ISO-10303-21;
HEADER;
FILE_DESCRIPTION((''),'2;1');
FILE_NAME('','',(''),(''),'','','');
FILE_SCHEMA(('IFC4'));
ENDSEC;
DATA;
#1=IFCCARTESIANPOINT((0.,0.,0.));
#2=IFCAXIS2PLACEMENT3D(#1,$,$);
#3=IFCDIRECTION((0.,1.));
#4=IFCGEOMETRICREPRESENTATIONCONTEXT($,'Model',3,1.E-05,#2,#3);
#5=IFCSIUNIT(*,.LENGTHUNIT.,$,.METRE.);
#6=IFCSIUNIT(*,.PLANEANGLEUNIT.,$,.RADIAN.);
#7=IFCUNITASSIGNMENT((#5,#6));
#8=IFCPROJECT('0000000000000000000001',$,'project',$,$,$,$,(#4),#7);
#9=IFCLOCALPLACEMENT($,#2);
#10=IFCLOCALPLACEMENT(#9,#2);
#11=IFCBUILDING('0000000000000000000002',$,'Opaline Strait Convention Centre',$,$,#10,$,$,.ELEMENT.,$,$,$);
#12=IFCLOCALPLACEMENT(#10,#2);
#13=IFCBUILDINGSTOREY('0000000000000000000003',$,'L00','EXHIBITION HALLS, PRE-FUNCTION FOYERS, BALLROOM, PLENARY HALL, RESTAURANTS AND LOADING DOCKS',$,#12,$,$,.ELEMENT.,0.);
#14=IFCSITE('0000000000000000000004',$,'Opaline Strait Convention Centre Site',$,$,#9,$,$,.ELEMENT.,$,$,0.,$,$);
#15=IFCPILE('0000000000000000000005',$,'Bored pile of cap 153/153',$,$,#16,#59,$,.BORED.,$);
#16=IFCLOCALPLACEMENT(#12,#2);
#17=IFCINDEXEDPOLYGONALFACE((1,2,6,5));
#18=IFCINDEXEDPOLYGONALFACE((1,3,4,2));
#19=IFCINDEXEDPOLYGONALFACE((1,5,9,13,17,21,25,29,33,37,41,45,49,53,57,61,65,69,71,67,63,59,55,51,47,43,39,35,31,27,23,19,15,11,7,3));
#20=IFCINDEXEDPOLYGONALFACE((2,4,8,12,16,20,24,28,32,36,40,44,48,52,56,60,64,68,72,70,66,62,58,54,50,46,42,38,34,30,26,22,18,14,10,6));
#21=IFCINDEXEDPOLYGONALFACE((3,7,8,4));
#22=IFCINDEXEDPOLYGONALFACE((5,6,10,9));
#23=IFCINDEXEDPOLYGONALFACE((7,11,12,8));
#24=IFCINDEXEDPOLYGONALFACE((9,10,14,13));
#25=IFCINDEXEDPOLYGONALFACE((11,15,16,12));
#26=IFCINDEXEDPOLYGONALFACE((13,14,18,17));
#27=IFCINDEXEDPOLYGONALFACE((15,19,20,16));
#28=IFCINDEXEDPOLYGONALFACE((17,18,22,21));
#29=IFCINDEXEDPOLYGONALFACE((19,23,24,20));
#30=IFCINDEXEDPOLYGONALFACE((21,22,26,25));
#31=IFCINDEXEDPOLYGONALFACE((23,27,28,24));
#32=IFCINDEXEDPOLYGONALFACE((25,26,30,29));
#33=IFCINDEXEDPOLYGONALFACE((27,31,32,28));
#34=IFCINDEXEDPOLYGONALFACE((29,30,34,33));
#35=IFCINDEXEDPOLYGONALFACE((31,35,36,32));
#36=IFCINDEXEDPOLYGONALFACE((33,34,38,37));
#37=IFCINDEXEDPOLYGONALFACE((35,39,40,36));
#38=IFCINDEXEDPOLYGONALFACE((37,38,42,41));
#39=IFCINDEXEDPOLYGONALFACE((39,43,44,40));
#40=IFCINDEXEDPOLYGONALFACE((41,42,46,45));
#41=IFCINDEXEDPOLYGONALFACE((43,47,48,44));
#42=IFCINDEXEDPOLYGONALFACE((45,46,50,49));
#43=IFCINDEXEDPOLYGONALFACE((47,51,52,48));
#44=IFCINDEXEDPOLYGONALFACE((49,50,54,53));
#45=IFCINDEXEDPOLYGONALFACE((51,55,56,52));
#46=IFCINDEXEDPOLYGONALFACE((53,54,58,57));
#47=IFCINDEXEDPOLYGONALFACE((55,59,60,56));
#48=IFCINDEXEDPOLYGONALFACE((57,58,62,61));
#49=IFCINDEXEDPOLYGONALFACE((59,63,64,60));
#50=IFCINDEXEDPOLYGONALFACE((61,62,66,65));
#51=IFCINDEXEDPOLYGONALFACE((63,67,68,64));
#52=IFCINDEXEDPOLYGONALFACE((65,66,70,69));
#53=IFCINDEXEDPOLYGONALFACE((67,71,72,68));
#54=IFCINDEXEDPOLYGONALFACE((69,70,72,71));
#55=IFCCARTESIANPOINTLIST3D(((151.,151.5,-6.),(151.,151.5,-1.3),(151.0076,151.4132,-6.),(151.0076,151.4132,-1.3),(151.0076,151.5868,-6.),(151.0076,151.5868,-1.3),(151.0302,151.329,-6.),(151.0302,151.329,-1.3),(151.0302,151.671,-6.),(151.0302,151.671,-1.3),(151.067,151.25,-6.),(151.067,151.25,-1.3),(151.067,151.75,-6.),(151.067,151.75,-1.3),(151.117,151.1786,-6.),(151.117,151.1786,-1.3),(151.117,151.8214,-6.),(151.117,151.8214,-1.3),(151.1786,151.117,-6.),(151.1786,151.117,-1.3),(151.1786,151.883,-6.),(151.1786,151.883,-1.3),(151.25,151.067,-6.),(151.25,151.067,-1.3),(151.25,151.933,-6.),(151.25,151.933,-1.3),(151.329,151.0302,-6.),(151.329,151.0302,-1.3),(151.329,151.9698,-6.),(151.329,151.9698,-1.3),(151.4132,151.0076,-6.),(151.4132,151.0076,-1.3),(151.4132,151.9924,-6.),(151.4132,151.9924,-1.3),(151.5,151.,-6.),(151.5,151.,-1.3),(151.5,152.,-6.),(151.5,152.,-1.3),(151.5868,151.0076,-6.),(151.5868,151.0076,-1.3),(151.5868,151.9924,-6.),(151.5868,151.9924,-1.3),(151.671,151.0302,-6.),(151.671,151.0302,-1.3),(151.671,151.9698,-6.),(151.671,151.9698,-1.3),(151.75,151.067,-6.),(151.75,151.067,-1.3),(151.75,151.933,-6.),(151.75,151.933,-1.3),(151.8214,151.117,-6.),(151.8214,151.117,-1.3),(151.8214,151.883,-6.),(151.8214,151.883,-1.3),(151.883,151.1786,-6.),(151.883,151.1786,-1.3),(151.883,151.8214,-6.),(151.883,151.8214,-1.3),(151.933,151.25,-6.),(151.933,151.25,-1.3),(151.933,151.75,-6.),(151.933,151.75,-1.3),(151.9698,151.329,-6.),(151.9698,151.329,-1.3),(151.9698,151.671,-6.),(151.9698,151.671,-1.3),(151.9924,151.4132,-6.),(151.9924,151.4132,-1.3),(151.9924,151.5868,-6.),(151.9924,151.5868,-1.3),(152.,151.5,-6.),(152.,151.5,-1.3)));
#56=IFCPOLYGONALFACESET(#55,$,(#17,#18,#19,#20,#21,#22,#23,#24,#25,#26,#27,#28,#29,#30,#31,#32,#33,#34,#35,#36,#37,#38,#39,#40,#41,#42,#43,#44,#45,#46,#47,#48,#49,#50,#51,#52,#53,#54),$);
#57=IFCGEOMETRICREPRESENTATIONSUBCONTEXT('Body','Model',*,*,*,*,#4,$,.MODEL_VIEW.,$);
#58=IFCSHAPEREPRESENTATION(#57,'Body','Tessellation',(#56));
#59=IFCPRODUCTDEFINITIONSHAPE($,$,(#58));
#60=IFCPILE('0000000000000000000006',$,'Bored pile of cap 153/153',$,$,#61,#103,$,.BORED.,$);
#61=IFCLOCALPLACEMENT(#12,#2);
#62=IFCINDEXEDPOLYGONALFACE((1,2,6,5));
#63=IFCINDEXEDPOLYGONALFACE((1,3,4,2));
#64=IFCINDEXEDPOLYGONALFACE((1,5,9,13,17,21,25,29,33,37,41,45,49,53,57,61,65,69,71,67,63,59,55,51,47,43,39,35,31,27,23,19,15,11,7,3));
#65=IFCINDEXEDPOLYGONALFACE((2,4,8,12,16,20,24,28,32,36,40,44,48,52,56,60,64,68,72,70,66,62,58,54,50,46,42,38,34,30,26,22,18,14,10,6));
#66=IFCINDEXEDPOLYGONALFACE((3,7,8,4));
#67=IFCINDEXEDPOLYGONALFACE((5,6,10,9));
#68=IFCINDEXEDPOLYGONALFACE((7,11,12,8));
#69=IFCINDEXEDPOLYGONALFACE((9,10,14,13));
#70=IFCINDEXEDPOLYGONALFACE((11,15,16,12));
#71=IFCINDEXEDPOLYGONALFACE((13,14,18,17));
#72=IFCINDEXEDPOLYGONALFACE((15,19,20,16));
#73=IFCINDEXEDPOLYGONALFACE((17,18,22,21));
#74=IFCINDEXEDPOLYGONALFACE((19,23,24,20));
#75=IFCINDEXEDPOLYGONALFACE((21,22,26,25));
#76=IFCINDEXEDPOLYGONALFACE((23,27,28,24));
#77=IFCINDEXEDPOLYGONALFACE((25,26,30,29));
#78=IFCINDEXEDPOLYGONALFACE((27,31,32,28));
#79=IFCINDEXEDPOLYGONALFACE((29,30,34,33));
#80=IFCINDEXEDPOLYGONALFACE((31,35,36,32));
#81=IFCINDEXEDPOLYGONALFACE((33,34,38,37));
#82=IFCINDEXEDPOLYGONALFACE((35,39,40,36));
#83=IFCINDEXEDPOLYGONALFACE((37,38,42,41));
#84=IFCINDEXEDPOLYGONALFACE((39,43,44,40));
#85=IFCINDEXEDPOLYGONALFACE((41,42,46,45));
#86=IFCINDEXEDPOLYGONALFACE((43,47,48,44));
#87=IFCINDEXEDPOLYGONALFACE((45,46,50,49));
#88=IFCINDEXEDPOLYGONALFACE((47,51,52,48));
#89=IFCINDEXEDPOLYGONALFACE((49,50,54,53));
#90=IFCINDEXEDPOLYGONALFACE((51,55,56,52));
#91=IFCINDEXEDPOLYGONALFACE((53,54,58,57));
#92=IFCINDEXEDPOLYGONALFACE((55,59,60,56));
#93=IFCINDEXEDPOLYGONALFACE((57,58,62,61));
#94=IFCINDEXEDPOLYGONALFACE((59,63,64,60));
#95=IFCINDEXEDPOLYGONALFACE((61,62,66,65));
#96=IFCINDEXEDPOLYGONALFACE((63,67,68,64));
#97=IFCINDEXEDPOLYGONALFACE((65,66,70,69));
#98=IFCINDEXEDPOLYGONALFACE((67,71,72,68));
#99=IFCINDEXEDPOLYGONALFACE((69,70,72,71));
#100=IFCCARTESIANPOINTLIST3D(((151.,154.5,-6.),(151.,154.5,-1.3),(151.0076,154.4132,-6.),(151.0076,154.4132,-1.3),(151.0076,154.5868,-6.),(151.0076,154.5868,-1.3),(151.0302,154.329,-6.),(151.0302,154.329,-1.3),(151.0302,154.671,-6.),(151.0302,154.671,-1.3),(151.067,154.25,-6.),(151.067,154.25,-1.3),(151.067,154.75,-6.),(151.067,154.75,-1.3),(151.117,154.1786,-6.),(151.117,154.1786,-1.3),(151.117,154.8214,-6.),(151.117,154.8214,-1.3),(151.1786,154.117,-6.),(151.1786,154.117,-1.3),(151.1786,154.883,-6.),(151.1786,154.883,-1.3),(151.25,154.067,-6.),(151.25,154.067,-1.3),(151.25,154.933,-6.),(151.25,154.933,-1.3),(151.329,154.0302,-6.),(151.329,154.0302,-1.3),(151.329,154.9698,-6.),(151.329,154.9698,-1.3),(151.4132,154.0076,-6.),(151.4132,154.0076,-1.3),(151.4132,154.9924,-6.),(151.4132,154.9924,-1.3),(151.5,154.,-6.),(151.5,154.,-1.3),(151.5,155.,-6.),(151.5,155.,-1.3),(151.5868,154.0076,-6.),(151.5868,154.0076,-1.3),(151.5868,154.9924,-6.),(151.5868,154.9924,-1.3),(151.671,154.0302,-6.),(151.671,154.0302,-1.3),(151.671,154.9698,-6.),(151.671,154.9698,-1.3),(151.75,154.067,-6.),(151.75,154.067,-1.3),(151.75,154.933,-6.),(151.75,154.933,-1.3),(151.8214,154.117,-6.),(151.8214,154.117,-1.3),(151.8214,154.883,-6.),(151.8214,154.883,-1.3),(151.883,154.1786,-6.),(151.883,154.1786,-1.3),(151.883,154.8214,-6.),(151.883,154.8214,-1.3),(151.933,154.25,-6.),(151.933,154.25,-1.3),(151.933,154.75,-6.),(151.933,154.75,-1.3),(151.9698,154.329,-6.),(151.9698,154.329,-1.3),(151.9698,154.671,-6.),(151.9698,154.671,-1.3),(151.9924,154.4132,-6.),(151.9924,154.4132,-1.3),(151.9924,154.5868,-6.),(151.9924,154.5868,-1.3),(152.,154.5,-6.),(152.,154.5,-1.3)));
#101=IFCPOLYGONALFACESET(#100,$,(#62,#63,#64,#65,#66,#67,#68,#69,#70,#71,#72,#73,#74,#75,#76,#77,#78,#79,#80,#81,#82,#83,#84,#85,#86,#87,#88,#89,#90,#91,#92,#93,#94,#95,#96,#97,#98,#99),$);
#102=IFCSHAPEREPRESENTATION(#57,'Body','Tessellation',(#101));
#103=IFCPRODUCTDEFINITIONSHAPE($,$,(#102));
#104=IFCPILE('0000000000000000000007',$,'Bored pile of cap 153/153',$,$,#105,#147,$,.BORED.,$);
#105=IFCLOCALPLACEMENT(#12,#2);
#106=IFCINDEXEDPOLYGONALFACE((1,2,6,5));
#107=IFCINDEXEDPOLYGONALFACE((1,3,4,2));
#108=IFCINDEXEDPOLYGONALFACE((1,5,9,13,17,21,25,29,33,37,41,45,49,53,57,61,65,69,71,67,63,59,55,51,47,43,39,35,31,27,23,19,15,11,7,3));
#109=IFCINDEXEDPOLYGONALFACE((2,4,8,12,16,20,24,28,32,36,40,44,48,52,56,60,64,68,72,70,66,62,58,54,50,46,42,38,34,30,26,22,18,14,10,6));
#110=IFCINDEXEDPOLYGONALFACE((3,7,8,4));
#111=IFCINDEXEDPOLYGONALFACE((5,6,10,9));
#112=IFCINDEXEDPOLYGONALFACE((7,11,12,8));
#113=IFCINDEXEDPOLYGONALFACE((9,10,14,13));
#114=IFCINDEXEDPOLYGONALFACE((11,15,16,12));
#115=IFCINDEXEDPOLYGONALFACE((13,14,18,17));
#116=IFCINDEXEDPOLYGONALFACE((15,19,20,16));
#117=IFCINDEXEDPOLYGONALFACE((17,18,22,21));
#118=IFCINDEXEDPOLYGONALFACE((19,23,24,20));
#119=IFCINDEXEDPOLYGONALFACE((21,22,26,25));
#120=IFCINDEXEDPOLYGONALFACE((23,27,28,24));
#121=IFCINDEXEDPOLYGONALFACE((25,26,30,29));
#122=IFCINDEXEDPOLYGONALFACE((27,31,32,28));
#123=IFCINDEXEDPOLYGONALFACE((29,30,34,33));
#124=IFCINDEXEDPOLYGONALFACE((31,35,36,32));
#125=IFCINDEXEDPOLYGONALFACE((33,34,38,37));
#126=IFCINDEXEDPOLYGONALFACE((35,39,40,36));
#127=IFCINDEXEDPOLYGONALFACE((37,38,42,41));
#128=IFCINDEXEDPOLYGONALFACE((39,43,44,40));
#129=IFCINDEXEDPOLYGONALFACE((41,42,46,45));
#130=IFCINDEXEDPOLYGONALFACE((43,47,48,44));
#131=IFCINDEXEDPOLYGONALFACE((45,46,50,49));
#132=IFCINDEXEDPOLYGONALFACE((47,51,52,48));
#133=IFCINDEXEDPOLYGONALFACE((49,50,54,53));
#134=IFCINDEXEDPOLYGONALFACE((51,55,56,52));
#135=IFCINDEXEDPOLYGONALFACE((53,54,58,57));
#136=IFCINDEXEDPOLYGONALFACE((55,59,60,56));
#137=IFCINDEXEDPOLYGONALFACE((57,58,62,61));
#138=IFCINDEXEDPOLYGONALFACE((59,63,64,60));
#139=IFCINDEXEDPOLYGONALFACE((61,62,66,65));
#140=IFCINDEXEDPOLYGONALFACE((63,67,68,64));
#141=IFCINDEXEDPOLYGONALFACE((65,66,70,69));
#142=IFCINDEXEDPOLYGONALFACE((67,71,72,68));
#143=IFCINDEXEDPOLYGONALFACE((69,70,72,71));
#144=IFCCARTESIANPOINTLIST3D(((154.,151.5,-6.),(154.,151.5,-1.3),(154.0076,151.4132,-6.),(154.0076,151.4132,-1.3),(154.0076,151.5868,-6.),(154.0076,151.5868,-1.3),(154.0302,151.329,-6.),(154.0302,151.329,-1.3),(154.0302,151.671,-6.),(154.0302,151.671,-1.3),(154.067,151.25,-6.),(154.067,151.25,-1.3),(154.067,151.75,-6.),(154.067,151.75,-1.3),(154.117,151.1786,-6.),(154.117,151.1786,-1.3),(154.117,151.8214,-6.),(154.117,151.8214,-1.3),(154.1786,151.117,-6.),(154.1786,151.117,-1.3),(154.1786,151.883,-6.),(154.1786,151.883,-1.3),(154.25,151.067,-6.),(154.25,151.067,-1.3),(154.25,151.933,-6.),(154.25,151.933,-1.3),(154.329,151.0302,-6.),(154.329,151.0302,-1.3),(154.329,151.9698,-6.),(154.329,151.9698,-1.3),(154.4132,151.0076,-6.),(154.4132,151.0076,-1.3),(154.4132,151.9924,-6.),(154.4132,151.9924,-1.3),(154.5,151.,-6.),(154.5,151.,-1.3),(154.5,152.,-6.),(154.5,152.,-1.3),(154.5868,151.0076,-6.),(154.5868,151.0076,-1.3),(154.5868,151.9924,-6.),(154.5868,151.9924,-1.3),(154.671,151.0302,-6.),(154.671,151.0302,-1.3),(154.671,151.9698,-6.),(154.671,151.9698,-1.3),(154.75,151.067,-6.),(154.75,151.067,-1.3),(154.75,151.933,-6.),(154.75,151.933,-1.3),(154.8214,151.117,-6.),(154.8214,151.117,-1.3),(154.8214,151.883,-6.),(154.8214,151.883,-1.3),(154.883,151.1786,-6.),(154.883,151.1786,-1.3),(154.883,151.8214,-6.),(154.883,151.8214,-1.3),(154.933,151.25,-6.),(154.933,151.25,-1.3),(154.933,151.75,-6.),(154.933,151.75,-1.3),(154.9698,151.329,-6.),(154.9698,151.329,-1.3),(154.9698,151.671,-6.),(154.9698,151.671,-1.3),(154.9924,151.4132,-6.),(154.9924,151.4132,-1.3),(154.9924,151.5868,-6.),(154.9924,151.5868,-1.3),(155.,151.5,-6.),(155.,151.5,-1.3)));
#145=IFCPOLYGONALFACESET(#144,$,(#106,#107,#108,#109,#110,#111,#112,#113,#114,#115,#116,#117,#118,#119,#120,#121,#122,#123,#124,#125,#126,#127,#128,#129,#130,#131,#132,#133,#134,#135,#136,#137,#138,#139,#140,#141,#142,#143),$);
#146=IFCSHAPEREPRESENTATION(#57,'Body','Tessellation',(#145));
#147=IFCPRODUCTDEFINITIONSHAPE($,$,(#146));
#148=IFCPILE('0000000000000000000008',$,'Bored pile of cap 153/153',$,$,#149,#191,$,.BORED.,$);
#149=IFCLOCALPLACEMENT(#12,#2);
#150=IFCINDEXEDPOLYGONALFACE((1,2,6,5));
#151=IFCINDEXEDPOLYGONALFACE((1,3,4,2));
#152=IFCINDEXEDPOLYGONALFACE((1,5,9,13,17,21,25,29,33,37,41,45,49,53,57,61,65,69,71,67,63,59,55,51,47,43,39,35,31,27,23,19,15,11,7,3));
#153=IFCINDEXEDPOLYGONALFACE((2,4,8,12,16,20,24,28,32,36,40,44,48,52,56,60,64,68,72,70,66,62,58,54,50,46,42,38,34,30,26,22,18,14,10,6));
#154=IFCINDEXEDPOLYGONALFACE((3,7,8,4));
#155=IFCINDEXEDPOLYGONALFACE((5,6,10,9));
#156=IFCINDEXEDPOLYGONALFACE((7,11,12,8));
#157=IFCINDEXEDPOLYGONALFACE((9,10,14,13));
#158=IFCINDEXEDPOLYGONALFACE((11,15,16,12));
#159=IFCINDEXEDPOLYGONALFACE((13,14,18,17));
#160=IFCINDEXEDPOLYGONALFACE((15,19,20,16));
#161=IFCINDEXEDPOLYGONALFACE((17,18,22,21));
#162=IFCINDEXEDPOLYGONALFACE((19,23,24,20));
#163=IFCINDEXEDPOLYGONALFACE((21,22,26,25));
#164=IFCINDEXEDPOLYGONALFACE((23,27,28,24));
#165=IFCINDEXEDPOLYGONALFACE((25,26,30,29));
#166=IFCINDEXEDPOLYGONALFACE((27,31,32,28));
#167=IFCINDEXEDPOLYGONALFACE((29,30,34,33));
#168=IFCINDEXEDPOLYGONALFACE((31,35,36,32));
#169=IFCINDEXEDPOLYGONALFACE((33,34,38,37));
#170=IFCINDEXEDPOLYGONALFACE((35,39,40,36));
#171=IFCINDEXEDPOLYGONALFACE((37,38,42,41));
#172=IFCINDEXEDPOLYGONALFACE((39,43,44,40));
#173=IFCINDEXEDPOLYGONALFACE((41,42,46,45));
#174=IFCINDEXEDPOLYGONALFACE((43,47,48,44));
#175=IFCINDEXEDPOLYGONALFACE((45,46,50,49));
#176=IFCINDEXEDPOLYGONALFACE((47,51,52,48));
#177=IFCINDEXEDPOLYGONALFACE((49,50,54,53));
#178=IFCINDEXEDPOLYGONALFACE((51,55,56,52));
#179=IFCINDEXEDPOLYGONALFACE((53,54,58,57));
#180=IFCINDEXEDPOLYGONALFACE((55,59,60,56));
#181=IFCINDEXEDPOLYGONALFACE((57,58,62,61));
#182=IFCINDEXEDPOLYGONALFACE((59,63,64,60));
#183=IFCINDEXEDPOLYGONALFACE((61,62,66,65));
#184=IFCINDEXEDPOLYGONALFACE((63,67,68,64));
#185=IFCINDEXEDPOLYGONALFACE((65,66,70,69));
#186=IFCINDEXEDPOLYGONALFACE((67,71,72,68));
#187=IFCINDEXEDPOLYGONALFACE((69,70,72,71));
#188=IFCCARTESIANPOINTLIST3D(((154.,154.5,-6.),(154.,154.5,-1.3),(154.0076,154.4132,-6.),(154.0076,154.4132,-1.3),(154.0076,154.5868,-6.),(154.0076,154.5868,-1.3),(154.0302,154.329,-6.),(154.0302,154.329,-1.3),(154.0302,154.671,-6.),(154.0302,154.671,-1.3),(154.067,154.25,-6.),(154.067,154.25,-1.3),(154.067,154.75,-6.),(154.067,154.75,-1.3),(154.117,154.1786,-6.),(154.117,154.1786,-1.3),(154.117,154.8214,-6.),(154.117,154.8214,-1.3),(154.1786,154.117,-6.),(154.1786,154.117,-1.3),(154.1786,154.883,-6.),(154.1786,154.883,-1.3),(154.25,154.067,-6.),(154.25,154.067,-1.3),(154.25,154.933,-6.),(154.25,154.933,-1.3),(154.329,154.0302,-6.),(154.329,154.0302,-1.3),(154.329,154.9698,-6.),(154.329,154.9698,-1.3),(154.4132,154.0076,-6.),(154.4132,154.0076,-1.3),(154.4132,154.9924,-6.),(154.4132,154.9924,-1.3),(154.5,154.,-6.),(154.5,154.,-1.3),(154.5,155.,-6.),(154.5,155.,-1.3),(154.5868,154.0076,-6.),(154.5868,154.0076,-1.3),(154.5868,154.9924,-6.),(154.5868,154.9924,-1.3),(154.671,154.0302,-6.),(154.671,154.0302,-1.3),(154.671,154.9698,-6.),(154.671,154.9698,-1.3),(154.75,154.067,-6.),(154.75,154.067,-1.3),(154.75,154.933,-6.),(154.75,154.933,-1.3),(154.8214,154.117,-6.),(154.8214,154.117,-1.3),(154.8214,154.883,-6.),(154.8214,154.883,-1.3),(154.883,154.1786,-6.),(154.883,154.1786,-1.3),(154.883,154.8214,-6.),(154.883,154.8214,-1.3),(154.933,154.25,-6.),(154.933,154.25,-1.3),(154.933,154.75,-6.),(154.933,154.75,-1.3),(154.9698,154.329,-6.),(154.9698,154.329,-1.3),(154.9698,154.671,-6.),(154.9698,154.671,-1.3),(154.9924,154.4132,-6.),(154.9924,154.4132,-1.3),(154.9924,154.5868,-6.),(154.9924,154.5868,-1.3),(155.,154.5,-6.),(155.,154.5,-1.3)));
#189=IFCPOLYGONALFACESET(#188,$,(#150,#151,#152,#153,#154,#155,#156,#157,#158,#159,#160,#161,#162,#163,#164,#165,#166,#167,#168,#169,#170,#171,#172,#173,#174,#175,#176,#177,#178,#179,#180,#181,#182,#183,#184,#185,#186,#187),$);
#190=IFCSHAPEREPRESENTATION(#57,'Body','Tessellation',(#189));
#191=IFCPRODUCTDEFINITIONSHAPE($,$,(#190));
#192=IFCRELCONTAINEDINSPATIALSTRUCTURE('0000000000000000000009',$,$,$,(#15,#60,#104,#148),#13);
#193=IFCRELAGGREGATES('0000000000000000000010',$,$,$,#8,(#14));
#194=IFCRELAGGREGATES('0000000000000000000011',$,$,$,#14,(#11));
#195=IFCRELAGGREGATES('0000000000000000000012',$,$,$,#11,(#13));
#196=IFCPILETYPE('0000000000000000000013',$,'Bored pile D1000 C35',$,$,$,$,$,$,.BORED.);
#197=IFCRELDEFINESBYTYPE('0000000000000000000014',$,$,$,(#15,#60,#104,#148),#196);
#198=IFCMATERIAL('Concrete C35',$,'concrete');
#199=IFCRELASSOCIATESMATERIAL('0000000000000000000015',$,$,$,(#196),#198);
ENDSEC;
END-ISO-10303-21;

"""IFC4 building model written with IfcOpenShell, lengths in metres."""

from ifc_helpers import new_model, si_unit, direction, frame, origin, origin_2d, place, context, subcontext, project, spatial, circle, extrude, material, material_profile, profile_set, type_object, element, save


model = new_model("IFC4")

# Units and contexts
model_context = context("Model", 3, precision=1e-05, world=origin(), true_north=direction((0.0, 1.0)))
body_context = subcontext(model_context, "Body", "Model", "MODEL_VIEW")
ifc_project = project(units=[si_unit("LENGTHUNIT", "METRE"), si_unit("PLANEANGLEUNIT", "RADIAN")], contexts=[model_context])

# Site, building, storey
site_placement = place(None, origin())
site = spatial("IfcSite", under=ifc_project, at=site_placement, Name="Opaline Strait Convention Centre Site", CompositionType="ELEMENT", RefElevation=0.0)
building_placement = place(site_placement, origin())
building = spatial("IfcBuilding", under=site, at=building_placement, Name="Opaline Strait Convention Centre", CompositionType="ELEMENT")
storey_placement = place(building_placement, origin())
storey = spatial("IfcBuildingStorey", under=building, at=storey_placement, Name="L00", Description="EXHIBITION HALLS, PRE-FUNCTION FOYERS, BALLROOM, PLENARY HALL, RESTAURANTS AND LOADING DOCKS", CompositionType="ELEMENT", Elevation=0.0)

# Piles
ifc_material_1 = material(Name="Concrete C35", Category="concrete")
ifc_material_profile_1 = material_profile(ifc_material_1, circle(Radius=0.5, at=origin_2d()), Name="D1000")
ifc_profile_set_1 = profile_set([ifc_material_profile_1], Name="Concrete C35")
pile_type_1 = type_object("IfcPileType", Name="Bored pile D1000 C35", PredefinedType="BORED", material=ifc_profile_set_1)
for number, where, z_axis, x_axis, name in (
    (1, (151.5, 151.5, -1.3), (0.0, 0.0, -1.0), (1.0, 0.0, 0.0), "Bored pile of cap 153/153"),
    (2, (151.5, 154.5, -1.3), (0.0, 0.0, -1.0), (1.0, 0.0, 0.0), "Bored pile of cap 153/153"),
    (3, (154.5, 151.5, -1.3), (0.0, 0.0, -1.0), (1.0, 0.0, 0.0), "Bored pile of cap 153/153"),
    (4, (154.5, 154.5, -1.3), (0.0, 0.0, -1.0), (1.0, 0.0, 0.0), "Bored pile of cap 153/153"),
):
    element("IfcPile", number, at=place(storey_placement, frame(where, z_axis=z_axis, x_axis=x_axis)), inside=storey, type_object=pile_type_1, Name=name, PredefinedType="BORED", context=body_context, shape_type="SweptSolid", body=[
        extrude(circle(Radius=0.5, at=origin_2d()), origin(), (0.0, 0.0, 1.0), 4.7),
    ])

save(model, "model.ifc")
